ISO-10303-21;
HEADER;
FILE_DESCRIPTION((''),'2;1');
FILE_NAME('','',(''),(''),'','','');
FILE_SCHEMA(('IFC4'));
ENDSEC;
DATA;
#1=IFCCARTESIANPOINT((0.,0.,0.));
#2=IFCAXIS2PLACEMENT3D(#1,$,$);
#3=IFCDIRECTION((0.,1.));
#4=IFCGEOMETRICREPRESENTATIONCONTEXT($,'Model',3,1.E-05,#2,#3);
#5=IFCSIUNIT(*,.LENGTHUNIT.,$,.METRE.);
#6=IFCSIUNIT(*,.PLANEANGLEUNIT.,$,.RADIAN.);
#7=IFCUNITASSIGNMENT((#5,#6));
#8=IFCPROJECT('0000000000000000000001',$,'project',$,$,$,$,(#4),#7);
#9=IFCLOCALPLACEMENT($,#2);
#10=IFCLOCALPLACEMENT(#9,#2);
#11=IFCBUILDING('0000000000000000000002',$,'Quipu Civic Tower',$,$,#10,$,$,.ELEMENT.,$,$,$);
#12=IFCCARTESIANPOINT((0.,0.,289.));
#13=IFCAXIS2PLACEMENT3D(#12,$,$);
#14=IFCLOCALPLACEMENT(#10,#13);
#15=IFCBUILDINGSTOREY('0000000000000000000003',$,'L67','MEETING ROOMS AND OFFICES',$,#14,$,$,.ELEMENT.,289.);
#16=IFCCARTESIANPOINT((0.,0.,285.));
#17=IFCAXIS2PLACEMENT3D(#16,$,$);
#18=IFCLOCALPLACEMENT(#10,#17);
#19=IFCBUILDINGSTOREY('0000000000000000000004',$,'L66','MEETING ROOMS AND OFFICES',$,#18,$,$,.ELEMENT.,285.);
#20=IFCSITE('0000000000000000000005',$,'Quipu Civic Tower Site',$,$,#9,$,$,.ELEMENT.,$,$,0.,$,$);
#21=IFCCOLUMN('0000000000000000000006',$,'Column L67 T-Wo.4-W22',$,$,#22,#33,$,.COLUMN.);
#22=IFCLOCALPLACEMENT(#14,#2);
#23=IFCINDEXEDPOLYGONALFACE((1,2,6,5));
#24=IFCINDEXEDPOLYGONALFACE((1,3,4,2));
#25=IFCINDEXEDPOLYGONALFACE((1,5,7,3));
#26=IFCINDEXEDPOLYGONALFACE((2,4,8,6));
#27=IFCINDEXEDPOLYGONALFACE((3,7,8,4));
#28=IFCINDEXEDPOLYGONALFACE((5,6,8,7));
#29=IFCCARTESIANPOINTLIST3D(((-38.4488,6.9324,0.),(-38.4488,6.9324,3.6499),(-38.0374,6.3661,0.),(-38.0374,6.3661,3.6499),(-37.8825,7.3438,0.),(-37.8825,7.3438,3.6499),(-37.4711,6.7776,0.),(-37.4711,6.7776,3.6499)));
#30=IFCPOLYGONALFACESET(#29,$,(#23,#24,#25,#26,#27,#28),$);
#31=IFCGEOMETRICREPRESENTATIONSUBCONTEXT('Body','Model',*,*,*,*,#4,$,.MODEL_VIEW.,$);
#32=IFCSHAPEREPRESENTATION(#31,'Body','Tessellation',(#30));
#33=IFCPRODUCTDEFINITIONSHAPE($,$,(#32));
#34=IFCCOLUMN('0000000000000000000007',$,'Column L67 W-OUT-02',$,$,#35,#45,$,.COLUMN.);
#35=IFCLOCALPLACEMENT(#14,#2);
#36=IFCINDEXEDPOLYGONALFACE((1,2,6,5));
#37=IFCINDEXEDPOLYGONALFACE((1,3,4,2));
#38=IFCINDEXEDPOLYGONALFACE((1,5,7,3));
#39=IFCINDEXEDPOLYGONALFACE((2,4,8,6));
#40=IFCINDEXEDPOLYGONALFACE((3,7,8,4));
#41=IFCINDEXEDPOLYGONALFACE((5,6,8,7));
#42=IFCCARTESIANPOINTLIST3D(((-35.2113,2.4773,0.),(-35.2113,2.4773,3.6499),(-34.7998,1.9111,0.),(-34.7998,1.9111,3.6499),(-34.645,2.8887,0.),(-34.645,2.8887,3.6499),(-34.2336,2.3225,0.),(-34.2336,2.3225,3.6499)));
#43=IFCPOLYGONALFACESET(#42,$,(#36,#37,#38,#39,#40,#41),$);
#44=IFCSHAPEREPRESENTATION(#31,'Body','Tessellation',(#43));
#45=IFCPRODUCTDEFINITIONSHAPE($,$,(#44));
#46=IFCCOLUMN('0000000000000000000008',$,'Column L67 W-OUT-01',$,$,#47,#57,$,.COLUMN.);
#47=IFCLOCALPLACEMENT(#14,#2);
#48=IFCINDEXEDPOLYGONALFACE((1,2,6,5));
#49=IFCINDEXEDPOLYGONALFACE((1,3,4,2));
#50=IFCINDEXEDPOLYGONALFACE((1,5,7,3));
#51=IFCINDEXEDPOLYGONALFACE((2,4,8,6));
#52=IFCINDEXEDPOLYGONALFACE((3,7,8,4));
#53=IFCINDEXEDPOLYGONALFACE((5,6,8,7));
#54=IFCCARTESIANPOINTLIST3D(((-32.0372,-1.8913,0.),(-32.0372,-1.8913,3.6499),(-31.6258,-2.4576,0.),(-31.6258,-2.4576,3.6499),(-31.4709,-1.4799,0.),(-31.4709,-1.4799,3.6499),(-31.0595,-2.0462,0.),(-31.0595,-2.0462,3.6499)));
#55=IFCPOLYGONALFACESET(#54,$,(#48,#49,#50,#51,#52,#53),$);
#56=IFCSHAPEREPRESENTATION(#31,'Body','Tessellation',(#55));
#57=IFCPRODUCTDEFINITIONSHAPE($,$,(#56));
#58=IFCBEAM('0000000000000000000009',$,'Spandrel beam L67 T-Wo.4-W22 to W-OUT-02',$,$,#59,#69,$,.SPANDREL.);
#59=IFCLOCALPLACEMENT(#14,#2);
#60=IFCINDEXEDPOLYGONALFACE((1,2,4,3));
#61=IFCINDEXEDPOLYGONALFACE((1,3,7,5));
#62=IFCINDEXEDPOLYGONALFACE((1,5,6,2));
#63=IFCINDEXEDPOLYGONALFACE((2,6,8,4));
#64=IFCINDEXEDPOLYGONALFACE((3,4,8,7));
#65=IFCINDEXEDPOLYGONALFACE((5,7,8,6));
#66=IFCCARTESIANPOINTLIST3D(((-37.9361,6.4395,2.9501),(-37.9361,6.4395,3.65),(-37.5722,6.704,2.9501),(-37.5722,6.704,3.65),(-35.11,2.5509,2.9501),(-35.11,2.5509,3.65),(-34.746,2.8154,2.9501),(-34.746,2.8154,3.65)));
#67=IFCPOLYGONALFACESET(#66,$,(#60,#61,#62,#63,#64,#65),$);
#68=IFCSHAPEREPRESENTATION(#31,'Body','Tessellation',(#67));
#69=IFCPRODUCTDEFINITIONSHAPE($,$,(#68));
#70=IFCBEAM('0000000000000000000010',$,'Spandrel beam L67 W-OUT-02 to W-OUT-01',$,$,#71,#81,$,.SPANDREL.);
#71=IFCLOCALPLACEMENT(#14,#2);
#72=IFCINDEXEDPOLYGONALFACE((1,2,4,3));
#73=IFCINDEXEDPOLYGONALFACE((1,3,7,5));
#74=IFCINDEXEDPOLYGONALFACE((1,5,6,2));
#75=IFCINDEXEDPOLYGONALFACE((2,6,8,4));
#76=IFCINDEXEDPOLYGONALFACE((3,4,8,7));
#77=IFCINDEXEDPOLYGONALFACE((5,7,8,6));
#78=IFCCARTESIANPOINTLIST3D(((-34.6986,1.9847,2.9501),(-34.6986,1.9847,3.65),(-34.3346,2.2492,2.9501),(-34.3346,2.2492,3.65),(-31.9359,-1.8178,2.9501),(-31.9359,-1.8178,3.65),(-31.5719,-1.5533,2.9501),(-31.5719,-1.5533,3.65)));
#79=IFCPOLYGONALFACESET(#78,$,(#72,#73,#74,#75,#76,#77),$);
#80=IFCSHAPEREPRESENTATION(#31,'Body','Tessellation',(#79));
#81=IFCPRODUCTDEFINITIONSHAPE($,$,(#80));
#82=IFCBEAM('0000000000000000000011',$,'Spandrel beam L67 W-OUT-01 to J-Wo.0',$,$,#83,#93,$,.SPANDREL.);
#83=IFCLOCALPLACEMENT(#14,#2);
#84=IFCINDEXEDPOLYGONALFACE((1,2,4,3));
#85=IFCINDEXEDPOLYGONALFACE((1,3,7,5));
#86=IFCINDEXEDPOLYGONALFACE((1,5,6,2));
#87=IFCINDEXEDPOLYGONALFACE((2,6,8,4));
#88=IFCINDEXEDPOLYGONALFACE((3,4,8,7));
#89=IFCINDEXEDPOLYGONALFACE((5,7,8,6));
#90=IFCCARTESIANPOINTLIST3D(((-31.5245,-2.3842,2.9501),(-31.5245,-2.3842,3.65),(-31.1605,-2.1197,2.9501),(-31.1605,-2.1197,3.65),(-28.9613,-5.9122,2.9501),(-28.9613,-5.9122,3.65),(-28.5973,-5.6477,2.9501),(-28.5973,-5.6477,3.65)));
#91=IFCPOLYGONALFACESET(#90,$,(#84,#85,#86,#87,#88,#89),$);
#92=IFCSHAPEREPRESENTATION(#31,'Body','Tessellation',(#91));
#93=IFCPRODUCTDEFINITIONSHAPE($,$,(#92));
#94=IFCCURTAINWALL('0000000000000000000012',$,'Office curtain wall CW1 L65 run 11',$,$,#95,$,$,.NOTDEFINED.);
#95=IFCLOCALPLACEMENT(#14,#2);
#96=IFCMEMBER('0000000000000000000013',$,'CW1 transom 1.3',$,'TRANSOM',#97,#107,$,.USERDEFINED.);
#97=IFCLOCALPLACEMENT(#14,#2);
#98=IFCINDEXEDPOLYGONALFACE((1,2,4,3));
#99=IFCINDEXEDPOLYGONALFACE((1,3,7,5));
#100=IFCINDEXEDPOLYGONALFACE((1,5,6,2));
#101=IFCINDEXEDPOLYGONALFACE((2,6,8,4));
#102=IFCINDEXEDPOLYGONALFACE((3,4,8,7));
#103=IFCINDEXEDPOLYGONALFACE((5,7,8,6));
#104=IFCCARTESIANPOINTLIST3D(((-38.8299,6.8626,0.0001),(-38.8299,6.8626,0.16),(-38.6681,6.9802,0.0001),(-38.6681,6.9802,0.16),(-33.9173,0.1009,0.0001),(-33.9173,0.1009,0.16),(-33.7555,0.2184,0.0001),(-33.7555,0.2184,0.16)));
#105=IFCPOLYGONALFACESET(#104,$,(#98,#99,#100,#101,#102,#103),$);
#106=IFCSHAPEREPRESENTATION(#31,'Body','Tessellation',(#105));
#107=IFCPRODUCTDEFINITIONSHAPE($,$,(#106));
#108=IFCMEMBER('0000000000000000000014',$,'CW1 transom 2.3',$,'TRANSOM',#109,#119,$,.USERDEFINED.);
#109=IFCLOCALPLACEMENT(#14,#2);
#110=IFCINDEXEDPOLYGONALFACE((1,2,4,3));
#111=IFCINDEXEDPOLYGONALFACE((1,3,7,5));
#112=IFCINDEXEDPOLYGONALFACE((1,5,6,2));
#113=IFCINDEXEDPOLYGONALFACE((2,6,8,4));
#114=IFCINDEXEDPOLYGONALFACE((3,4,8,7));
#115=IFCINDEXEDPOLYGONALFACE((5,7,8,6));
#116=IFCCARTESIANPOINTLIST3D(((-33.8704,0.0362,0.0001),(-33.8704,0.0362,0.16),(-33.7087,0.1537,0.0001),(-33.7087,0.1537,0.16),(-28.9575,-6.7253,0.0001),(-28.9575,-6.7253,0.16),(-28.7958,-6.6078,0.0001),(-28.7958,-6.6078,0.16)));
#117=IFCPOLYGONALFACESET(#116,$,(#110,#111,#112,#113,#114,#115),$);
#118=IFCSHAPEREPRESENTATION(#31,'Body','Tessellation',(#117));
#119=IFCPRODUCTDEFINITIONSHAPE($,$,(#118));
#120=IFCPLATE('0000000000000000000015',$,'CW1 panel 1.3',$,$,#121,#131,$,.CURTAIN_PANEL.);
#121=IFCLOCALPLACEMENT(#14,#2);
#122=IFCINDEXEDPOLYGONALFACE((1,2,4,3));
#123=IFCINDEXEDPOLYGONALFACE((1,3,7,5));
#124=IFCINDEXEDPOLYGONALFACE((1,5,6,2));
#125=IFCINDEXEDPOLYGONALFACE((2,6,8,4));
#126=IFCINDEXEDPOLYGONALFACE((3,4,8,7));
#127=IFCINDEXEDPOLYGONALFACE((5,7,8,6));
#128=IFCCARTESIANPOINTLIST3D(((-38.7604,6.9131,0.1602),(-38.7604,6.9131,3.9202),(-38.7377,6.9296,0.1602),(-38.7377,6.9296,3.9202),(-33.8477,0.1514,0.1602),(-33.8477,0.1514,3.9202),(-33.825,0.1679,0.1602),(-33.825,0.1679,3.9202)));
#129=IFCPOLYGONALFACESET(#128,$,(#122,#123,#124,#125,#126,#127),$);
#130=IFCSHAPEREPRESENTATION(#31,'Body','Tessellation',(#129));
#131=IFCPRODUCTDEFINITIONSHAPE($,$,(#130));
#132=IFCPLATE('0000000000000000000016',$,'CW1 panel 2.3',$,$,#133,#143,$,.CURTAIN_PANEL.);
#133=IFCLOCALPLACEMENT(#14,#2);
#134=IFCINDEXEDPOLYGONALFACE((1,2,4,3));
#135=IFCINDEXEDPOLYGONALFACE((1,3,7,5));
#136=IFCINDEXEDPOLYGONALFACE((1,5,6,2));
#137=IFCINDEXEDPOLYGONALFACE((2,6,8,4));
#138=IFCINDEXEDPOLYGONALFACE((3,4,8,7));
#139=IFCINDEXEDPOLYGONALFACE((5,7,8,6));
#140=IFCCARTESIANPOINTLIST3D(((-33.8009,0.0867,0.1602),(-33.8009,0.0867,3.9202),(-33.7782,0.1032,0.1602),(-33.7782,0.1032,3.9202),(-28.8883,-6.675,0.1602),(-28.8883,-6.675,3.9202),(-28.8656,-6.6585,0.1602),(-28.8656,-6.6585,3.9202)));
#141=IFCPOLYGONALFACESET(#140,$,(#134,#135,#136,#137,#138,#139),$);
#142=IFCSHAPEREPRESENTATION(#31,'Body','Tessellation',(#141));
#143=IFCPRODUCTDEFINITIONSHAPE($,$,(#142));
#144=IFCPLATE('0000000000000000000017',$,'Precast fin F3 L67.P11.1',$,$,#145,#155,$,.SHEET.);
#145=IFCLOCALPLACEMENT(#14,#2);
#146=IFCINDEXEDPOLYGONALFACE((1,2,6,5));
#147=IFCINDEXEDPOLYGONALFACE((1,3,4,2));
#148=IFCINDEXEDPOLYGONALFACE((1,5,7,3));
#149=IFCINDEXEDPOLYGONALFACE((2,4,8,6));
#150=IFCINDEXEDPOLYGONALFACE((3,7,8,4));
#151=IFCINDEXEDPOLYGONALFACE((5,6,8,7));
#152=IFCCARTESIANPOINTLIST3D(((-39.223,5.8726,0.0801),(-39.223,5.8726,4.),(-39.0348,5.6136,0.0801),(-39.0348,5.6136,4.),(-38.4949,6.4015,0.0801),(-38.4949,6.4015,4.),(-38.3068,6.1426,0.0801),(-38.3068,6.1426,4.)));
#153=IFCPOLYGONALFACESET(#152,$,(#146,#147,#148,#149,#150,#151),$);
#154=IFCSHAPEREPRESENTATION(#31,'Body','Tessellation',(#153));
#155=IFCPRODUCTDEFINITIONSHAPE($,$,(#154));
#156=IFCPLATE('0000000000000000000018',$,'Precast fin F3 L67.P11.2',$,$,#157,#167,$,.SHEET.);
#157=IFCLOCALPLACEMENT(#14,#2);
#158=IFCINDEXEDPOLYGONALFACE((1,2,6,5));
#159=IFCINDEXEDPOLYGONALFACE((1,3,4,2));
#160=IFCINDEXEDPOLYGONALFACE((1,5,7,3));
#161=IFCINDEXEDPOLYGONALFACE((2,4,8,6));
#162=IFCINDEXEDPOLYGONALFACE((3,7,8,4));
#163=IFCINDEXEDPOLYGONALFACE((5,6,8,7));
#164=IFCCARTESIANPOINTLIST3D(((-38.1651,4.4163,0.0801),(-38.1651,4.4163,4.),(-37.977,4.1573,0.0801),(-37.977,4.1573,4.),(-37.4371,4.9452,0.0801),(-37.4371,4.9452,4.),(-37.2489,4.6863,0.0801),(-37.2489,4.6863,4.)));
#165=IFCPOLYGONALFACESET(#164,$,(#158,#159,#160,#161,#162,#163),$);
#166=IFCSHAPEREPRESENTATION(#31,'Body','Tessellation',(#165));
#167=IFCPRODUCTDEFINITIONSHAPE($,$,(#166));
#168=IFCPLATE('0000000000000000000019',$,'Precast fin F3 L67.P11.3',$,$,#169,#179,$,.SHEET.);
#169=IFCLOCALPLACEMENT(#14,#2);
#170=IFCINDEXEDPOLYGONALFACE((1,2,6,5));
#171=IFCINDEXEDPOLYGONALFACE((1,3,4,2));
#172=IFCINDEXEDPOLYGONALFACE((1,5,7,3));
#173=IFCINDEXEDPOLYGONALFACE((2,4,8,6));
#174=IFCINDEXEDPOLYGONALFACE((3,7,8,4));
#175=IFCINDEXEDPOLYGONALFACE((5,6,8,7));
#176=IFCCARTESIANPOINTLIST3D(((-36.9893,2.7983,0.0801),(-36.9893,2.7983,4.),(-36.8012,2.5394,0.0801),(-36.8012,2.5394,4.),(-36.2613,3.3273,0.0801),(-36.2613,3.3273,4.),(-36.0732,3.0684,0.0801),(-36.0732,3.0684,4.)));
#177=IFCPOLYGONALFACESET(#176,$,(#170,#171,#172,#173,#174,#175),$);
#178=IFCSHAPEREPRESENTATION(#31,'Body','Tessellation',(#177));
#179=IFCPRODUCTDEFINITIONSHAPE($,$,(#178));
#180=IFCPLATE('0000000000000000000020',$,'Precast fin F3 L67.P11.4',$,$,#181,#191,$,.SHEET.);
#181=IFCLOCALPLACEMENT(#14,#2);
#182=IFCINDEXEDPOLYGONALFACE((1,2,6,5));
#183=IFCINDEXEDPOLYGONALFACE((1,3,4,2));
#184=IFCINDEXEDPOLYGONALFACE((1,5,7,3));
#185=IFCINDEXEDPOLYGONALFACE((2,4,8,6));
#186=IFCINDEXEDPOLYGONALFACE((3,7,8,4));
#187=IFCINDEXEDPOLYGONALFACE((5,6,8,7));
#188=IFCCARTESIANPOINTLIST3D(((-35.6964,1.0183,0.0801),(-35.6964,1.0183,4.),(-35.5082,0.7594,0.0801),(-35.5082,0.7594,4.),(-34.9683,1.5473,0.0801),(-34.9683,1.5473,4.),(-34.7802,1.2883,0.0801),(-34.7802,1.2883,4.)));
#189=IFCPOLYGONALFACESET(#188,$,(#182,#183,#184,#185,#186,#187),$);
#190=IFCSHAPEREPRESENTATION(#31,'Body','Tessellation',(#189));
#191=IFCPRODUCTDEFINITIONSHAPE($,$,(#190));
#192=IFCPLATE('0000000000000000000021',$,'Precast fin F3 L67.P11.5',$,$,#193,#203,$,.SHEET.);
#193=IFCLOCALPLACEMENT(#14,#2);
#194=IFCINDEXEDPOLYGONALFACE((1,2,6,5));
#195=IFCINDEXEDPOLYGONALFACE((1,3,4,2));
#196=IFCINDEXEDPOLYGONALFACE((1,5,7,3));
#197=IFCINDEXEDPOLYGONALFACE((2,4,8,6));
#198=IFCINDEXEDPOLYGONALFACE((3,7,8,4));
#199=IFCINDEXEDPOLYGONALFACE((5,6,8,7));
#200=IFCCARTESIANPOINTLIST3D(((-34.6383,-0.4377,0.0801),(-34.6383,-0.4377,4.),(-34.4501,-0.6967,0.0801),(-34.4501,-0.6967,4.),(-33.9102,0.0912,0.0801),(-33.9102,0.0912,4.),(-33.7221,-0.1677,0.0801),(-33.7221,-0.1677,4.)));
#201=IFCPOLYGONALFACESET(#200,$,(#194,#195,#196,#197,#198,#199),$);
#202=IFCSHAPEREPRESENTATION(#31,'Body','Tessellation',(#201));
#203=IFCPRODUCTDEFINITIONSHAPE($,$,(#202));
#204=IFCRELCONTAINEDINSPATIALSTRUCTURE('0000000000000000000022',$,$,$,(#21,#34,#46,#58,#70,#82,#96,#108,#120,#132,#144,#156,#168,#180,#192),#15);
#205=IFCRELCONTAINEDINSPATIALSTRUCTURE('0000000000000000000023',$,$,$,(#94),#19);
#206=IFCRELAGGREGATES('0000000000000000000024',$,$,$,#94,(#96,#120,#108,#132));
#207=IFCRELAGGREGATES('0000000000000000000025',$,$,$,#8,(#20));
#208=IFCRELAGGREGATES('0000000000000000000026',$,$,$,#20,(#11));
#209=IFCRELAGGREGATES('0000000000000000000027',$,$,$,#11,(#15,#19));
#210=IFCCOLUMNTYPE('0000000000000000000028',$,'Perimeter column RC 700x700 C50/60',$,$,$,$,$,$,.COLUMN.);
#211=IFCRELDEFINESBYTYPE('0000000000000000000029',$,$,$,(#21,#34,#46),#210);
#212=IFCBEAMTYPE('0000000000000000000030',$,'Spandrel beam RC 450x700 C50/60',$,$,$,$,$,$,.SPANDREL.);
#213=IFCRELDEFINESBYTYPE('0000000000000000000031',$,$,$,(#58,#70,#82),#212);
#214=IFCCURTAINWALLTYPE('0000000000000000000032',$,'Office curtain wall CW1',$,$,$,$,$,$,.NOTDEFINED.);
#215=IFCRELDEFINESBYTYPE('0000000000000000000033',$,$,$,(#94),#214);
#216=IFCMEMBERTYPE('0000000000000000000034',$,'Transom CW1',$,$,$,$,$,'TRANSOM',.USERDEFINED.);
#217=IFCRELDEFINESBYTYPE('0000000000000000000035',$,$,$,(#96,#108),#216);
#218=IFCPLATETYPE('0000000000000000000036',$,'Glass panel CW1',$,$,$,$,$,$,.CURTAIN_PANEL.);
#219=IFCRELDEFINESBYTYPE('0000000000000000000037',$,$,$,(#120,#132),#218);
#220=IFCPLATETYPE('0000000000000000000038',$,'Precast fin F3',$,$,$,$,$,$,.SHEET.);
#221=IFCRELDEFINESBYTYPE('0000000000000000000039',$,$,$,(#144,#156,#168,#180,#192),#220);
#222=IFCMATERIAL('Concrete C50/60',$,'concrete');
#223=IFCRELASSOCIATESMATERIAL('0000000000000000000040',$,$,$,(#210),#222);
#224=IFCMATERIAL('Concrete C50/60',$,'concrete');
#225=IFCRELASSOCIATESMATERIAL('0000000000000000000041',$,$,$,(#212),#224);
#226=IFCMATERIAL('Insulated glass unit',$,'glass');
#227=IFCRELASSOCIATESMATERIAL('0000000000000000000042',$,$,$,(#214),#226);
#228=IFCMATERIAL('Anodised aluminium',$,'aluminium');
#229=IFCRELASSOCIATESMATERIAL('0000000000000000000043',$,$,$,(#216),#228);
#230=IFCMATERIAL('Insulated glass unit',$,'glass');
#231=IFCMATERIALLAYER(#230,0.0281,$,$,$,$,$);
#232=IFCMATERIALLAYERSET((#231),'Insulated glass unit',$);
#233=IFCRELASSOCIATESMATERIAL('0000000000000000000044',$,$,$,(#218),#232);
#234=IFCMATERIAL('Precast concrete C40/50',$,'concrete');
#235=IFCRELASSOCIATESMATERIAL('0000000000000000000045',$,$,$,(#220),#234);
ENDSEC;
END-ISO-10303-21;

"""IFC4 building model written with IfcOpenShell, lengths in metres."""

from ifc_helpers import new_model, si_unit, direction, frame, origin, origin_2d, place, context, subcontext, project, spatial, rectangle, extrude, material, layer, layer_set, material_profile, profile_set, type_object, element, aggregate, save


model = new_model("IFC4")

# Units and contexts
model_context = context("Model", 3, precision=1e-05, world=origin(), true_north=direction((0.0, 1.0)))
body_context = subcontext(model_context, "Body", "Model", "MODEL_VIEW")
ifc_project = project(units=[si_unit("LENGTHUNIT", "METRE"), si_unit("PLANEANGLEUNIT", "RADIAN")], contexts=[model_context])

# Site, building, storey
site_placement = place(None, origin())
site = spatial("IfcSite", under=ifc_project, at=site_placement, Name="Quipu Civic Tower Site", CompositionType="ELEMENT", RefElevation=0.0)
building_placement = place(site_placement, origin())
building = spatial("IfcBuilding", under=site, at=building_placement, Name="Quipu Civic Tower", CompositionType="ELEMENT")
storey_1_placement = place(building_placement, frame((0.0, 0.0, 289.0)))
storey_1 = spatial("IfcBuildingStorey", under=building, at=storey_1_placement, Name="L67", Description="MEETING ROOMS AND OFFICES", CompositionType="ELEMENT", Elevation=289.0)

# Columns
ifc_material_1 = material(Name="Concrete C50/60", Category="concrete")
ifc_material_profile_1 = material_profile(ifc_material_1, rectangle(XDim=0.7, YDim=0.7, at=origin_2d()), Name="RC700x700")
ifc_profile_set_1 = profile_set([ifc_material_profile_1], Name="Concrete C50/60")
column_type = type_object("IfcColumnType", Name="Perimeter column RC 700x700 C50/60", PredefinedType="COLUMN", material=ifc_profile_set_1)
for number, where, z_axis, x_axis, name in (
    (1, (-37.96, 6.855, 0.0), (0.0, 0.0, 1.0), (0.587785, -0.809017, 0.0), "Column L67 T-Wo.4-W22"),
    (2, (-34.7224, 2.3999, 0.0), (0.0, 0.0, 1.0), (0.587785, -0.809017, 0.0), "Column L67 W-OUT-02"),
    (3, (-31.5483, -1.9688, 0.0), (0.0, 0.0, 1.0), (0.587785, -0.809017, 0.0), "Column L67 W-OUT-01"),
):
    element("IfcColumn", number, at=place(storey_1_placement, frame(where, z_axis=z_axis, x_axis=x_axis)), inside=storey_1, type_object=column_type, Name=name, PredefinedType="COLUMN", context=body_context, shape_type="SweptSolid", body=[
        extrude(rectangle(XDim=0.7, YDim=0.7, at=origin_2d()), origin(), (0.0, 0.0, 1.0), 3.6499),
    ])

# Beams
ifc_material_2 = material(Name="Concrete C50/60", Category="concrete")
ifc_material_profile_2 = material_profile(ifc_material_2, rectangle(XDim=0.45, YDim=0.7, at=origin_2d()), Name="RC450x700")
ifc_profile_set_2 = profile_set([ifc_material_profile_2], Name="Concrete C50/60")
beam_type = type_object("IfcBeamType", Name="Spandrel beam RC 450x700 C50/60", PredefinedType="SPANDREL", material=ifc_profile_set_2)
beam_1_placement = place(storey_1_placement, frame((-37.7542, 6.5718, 3.3), z_axis=(0.587906, -0.808929, 0.0), x_axis=(0.808929, 0.587906, 0.0)))
element("IfcBeam", 4, at=beam_1_placement, inside=storey_1, type_object=beam_type, Name="Spandrel beam L67 T-Wo.4-W22 to W-OUT-02", PredefinedType="SPANDREL", context=body_context, shape_type="SweptSolid", body=[
    extrude(rectangle(XDim=0.45, YDim=0.7, at=origin_2d()), origin(), (0.0, 0.0, 1.0), 4.8071),
])
beam_2_placement = place(storey_1_placement, frame((-34.5166, 2.1169, 3.3), z_axis=(0.587789, -0.809015, 0.0), x_axis=(0.809015, 0.587789, 0.0)))
element("IfcBeam", 5, at=beam_2_placement, inside=storey_1, type_object=beam_type, Name="Spandrel beam L67 W-OUT-02 to W-OUT-01", PredefinedType="SPANDREL", context=body_context, shape_type="SweptSolid", body=[
    extrude(rectangle(XDim=0.45, YDim=0.7, at=origin_2d()), origin(), (0.0, 0.0, 1.0), 4.7002),
])
beam_3_placement = place(storey_1_placement, frame((-31.3425, -2.252, 3.3), z_axis=(0.587776, -0.809024, 0.0), x_axis=(0.809024, 0.587776, 0.0)))
element("IfcBeam", 6, at=beam_3_placement, inside=storey_1, type_object=beam_type, Name="Spandrel beam L67 W-OUT-01 to J-Wo.0", PredefinedType="SPANDREL", context=body_context, shape_type="SweptSolid", body=[
    extrude(rectangle(XDim=0.45, YDim=0.7, at=origin_2d()), origin(), (0.0, 0.0, 1.0), 4.3608),
])

# Shared definitions
storey_2_placement = place(building_placement, frame((0.0, 0.0, 285.0)))
storey_2 = spatial("IfcBuildingStorey", under=building, at=storey_2_placement, Name="L66", Description="MEETING ROOMS AND OFFICES", CompositionType="ELEMENT", Elevation=285.0)

# Curtain wall, members, plates
ifc_material_3 = material(Name="Insulated glass unit", Category="glass")
curtain_wall_type = type_object("IfcCurtainWallType", Name="Office curtain wall CW1", PredefinedType="NOTDEFINED", material=ifc_material_3)
curtain_wall_placement = place(storey_2_placement, origin())
curtain_wall = element("IfcCurtainWall", 7, at=curtain_wall_placement, inside=storey_2, type_object=curtain_wall_type, Name="Office curtain wall CW1 L65 run 11", PredefinedType="NOTDEFINED")
ifc_material_4 = material(Name="Anodised aluminium", Category="aluminium")
ifc_material_profile_3 = material_profile(ifc_material_4, rectangle(XDim=0.2, YDim=0.1599, at=origin_2d()), Name="RECT 200x160")
ifc_profile_set_3 = profile_set([ifc_material_profile_3], Name="Anodised aluminium")
member_type = type_object("IfcMemberType", Name="Transom CW1", ElementType="TRANSOM", PredefinedType="USERDEFINED", material=ifc_profile_set_3)
member_1_placement = place(storey_1_placement, frame((-38.749, 6.9214, 0.0801), z_axis=(0.587779, -0.809021, 0.0), x_axis=(0.809021, 0.587779, 0.0)))
member_1 = element("IfcMember", 8, at=member_1_placement, inside=storey_1, type_object=member_type, Name="CW1 transom 1.3", ObjectType="TRANSOM", PredefinedType="USERDEFINED", context=body_context, shape_type="SweptSolid", body=[
    extrude(rectangle(XDim=0.2, YDim=0.1599, at=origin_2d()), origin(), (0.0, 0.0, 1.0), 8.3579),
])
member_2_placement = place(storey_1_placement, frame((-33.7896, 0.095, 0.0801), z_axis=(0.587812, -0.808997, 0.0), x_axis=(0.808997, 0.587812, 0.0)))
member_2 = element("IfcMember", 9, at=member_2_placement, inside=storey_1, type_object=member_type, Name="CW1 transom 2.3", ObjectType="TRANSOM", PredefinedType="USERDEFINED", context=body_context, shape_type="SweptSolid", body=[
    extrude(rectangle(XDim=0.2, YDim=0.1599, at=origin_2d()), origin(), (0.0, 0.0, 1.0), 8.3579),
])
ifc_material_5 = material(Name="Insulated glass unit", Category="glass")
ifc_layer_1 = layer(ifc_material_5, 0.0281)
ifc_layer_set_1 = layer_set([ifc_layer_1], Name="Insulated glass unit")
plate_type_1 = type_object("IfcPlateType", Name="Glass panel CW1", PredefinedType="CURTAIN_PANEL", material=ifc_layer_set_1)
plate_1_placement = place(storey_1_placement, frame((-36.2927, 3.5405, 0.1602), z_axis=(0.0, 0.0, 1.0), x_axis=(0.587786, -0.809016, 0.0)))
plate_1 = element("IfcPlate", 10, at=plate_1_placement, inside=storey_1, type_object=plate_type_1, Name="CW1 panel 1.3", PredefinedType="CURTAIN_PANEL", context=body_context, shape_type="SweptSolid", body=[
    extrude(rectangle(XDim=8.3579, YDim=0.0281, at=origin_2d()), origin(), (0.0, 0.0, 1.0), 3.76),
])
plate_2_placement = place(storey_1_placement, frame((-31.3333, -3.2859, 0.1602), z_axis=(0.0, 0.0, 1.0), x_axis=(0.587786, -0.809016, 0.0)))
plate_2 = element("IfcPlate", 11, at=plate_2_placement, inside=storey_1, type_object=plate_type_1, Name="CW1 panel 2.3", PredefinedType="CURTAIN_PANEL", context=body_context, shape_type="SweptSolid", body=[
    extrude(rectangle(XDim=8.3579, YDim=0.0281, at=origin_2d()), origin(), (0.0, 0.0, 1.0), 3.76),
])
aggregate(curtain_wall, [member_1, plate_1, member_2, plate_2])

# Plates
ifc_material_6 = material(Name="Precast concrete C40/50", Category="concrete")
plate_type_2 = type_object("IfcPlateType", Name="Precast fin F3", PredefinedType="SHEET", material=ifc_material_6)
for number, where, z_axis, x_axis, name in (
    (12, (-38.7649, 6.0076, 0.0801), (0.0, 0.0, 1.0), (0.587787, -0.809016, 0.0), "Precast fin F3 L67.P11.1"),
    (13, (-37.707, 4.5513, 0.0801), (0.0, 0.0, 1.0), (0.587787, -0.809016, 0.0), "Precast fin F3 L67.P11.2"),
    (14, (-36.5312, 2.9333, 0.0801), (0.0, 0.0, 1.0), (0.587787, -0.809016, 0.0), "Precast fin F3 L67.P11.3"),
    (15, (-35.2383, 1.1533, 0.0801), (0.0, 0.0, 1.0), (0.587787, -0.809016, 0.0), "Precast fin F3 L67.P11.4"),
    (16, (-34.1802, -0.3027, 0.0801), (0.0, 0.0, 1.0), (0.587787, -0.809016, 0.0), "Precast fin F3 L67.P11.5"),
):
    element("IfcPlate", number, at=place(storey_1_placement, frame(where, z_axis=z_axis, x_axis=x_axis)), inside=storey_1, type_object=plate_type_2, Name=name, PredefinedType="SHEET", context=body_context, shape_type="SweptSolid", body=[
        extrude(rectangle(XDim=0.3201, YDim=0.8999, at=origin_2d()), origin(), (0.0, 0.0, 1.0), 3.9199),
    ])

save(model, "model.ifc")
